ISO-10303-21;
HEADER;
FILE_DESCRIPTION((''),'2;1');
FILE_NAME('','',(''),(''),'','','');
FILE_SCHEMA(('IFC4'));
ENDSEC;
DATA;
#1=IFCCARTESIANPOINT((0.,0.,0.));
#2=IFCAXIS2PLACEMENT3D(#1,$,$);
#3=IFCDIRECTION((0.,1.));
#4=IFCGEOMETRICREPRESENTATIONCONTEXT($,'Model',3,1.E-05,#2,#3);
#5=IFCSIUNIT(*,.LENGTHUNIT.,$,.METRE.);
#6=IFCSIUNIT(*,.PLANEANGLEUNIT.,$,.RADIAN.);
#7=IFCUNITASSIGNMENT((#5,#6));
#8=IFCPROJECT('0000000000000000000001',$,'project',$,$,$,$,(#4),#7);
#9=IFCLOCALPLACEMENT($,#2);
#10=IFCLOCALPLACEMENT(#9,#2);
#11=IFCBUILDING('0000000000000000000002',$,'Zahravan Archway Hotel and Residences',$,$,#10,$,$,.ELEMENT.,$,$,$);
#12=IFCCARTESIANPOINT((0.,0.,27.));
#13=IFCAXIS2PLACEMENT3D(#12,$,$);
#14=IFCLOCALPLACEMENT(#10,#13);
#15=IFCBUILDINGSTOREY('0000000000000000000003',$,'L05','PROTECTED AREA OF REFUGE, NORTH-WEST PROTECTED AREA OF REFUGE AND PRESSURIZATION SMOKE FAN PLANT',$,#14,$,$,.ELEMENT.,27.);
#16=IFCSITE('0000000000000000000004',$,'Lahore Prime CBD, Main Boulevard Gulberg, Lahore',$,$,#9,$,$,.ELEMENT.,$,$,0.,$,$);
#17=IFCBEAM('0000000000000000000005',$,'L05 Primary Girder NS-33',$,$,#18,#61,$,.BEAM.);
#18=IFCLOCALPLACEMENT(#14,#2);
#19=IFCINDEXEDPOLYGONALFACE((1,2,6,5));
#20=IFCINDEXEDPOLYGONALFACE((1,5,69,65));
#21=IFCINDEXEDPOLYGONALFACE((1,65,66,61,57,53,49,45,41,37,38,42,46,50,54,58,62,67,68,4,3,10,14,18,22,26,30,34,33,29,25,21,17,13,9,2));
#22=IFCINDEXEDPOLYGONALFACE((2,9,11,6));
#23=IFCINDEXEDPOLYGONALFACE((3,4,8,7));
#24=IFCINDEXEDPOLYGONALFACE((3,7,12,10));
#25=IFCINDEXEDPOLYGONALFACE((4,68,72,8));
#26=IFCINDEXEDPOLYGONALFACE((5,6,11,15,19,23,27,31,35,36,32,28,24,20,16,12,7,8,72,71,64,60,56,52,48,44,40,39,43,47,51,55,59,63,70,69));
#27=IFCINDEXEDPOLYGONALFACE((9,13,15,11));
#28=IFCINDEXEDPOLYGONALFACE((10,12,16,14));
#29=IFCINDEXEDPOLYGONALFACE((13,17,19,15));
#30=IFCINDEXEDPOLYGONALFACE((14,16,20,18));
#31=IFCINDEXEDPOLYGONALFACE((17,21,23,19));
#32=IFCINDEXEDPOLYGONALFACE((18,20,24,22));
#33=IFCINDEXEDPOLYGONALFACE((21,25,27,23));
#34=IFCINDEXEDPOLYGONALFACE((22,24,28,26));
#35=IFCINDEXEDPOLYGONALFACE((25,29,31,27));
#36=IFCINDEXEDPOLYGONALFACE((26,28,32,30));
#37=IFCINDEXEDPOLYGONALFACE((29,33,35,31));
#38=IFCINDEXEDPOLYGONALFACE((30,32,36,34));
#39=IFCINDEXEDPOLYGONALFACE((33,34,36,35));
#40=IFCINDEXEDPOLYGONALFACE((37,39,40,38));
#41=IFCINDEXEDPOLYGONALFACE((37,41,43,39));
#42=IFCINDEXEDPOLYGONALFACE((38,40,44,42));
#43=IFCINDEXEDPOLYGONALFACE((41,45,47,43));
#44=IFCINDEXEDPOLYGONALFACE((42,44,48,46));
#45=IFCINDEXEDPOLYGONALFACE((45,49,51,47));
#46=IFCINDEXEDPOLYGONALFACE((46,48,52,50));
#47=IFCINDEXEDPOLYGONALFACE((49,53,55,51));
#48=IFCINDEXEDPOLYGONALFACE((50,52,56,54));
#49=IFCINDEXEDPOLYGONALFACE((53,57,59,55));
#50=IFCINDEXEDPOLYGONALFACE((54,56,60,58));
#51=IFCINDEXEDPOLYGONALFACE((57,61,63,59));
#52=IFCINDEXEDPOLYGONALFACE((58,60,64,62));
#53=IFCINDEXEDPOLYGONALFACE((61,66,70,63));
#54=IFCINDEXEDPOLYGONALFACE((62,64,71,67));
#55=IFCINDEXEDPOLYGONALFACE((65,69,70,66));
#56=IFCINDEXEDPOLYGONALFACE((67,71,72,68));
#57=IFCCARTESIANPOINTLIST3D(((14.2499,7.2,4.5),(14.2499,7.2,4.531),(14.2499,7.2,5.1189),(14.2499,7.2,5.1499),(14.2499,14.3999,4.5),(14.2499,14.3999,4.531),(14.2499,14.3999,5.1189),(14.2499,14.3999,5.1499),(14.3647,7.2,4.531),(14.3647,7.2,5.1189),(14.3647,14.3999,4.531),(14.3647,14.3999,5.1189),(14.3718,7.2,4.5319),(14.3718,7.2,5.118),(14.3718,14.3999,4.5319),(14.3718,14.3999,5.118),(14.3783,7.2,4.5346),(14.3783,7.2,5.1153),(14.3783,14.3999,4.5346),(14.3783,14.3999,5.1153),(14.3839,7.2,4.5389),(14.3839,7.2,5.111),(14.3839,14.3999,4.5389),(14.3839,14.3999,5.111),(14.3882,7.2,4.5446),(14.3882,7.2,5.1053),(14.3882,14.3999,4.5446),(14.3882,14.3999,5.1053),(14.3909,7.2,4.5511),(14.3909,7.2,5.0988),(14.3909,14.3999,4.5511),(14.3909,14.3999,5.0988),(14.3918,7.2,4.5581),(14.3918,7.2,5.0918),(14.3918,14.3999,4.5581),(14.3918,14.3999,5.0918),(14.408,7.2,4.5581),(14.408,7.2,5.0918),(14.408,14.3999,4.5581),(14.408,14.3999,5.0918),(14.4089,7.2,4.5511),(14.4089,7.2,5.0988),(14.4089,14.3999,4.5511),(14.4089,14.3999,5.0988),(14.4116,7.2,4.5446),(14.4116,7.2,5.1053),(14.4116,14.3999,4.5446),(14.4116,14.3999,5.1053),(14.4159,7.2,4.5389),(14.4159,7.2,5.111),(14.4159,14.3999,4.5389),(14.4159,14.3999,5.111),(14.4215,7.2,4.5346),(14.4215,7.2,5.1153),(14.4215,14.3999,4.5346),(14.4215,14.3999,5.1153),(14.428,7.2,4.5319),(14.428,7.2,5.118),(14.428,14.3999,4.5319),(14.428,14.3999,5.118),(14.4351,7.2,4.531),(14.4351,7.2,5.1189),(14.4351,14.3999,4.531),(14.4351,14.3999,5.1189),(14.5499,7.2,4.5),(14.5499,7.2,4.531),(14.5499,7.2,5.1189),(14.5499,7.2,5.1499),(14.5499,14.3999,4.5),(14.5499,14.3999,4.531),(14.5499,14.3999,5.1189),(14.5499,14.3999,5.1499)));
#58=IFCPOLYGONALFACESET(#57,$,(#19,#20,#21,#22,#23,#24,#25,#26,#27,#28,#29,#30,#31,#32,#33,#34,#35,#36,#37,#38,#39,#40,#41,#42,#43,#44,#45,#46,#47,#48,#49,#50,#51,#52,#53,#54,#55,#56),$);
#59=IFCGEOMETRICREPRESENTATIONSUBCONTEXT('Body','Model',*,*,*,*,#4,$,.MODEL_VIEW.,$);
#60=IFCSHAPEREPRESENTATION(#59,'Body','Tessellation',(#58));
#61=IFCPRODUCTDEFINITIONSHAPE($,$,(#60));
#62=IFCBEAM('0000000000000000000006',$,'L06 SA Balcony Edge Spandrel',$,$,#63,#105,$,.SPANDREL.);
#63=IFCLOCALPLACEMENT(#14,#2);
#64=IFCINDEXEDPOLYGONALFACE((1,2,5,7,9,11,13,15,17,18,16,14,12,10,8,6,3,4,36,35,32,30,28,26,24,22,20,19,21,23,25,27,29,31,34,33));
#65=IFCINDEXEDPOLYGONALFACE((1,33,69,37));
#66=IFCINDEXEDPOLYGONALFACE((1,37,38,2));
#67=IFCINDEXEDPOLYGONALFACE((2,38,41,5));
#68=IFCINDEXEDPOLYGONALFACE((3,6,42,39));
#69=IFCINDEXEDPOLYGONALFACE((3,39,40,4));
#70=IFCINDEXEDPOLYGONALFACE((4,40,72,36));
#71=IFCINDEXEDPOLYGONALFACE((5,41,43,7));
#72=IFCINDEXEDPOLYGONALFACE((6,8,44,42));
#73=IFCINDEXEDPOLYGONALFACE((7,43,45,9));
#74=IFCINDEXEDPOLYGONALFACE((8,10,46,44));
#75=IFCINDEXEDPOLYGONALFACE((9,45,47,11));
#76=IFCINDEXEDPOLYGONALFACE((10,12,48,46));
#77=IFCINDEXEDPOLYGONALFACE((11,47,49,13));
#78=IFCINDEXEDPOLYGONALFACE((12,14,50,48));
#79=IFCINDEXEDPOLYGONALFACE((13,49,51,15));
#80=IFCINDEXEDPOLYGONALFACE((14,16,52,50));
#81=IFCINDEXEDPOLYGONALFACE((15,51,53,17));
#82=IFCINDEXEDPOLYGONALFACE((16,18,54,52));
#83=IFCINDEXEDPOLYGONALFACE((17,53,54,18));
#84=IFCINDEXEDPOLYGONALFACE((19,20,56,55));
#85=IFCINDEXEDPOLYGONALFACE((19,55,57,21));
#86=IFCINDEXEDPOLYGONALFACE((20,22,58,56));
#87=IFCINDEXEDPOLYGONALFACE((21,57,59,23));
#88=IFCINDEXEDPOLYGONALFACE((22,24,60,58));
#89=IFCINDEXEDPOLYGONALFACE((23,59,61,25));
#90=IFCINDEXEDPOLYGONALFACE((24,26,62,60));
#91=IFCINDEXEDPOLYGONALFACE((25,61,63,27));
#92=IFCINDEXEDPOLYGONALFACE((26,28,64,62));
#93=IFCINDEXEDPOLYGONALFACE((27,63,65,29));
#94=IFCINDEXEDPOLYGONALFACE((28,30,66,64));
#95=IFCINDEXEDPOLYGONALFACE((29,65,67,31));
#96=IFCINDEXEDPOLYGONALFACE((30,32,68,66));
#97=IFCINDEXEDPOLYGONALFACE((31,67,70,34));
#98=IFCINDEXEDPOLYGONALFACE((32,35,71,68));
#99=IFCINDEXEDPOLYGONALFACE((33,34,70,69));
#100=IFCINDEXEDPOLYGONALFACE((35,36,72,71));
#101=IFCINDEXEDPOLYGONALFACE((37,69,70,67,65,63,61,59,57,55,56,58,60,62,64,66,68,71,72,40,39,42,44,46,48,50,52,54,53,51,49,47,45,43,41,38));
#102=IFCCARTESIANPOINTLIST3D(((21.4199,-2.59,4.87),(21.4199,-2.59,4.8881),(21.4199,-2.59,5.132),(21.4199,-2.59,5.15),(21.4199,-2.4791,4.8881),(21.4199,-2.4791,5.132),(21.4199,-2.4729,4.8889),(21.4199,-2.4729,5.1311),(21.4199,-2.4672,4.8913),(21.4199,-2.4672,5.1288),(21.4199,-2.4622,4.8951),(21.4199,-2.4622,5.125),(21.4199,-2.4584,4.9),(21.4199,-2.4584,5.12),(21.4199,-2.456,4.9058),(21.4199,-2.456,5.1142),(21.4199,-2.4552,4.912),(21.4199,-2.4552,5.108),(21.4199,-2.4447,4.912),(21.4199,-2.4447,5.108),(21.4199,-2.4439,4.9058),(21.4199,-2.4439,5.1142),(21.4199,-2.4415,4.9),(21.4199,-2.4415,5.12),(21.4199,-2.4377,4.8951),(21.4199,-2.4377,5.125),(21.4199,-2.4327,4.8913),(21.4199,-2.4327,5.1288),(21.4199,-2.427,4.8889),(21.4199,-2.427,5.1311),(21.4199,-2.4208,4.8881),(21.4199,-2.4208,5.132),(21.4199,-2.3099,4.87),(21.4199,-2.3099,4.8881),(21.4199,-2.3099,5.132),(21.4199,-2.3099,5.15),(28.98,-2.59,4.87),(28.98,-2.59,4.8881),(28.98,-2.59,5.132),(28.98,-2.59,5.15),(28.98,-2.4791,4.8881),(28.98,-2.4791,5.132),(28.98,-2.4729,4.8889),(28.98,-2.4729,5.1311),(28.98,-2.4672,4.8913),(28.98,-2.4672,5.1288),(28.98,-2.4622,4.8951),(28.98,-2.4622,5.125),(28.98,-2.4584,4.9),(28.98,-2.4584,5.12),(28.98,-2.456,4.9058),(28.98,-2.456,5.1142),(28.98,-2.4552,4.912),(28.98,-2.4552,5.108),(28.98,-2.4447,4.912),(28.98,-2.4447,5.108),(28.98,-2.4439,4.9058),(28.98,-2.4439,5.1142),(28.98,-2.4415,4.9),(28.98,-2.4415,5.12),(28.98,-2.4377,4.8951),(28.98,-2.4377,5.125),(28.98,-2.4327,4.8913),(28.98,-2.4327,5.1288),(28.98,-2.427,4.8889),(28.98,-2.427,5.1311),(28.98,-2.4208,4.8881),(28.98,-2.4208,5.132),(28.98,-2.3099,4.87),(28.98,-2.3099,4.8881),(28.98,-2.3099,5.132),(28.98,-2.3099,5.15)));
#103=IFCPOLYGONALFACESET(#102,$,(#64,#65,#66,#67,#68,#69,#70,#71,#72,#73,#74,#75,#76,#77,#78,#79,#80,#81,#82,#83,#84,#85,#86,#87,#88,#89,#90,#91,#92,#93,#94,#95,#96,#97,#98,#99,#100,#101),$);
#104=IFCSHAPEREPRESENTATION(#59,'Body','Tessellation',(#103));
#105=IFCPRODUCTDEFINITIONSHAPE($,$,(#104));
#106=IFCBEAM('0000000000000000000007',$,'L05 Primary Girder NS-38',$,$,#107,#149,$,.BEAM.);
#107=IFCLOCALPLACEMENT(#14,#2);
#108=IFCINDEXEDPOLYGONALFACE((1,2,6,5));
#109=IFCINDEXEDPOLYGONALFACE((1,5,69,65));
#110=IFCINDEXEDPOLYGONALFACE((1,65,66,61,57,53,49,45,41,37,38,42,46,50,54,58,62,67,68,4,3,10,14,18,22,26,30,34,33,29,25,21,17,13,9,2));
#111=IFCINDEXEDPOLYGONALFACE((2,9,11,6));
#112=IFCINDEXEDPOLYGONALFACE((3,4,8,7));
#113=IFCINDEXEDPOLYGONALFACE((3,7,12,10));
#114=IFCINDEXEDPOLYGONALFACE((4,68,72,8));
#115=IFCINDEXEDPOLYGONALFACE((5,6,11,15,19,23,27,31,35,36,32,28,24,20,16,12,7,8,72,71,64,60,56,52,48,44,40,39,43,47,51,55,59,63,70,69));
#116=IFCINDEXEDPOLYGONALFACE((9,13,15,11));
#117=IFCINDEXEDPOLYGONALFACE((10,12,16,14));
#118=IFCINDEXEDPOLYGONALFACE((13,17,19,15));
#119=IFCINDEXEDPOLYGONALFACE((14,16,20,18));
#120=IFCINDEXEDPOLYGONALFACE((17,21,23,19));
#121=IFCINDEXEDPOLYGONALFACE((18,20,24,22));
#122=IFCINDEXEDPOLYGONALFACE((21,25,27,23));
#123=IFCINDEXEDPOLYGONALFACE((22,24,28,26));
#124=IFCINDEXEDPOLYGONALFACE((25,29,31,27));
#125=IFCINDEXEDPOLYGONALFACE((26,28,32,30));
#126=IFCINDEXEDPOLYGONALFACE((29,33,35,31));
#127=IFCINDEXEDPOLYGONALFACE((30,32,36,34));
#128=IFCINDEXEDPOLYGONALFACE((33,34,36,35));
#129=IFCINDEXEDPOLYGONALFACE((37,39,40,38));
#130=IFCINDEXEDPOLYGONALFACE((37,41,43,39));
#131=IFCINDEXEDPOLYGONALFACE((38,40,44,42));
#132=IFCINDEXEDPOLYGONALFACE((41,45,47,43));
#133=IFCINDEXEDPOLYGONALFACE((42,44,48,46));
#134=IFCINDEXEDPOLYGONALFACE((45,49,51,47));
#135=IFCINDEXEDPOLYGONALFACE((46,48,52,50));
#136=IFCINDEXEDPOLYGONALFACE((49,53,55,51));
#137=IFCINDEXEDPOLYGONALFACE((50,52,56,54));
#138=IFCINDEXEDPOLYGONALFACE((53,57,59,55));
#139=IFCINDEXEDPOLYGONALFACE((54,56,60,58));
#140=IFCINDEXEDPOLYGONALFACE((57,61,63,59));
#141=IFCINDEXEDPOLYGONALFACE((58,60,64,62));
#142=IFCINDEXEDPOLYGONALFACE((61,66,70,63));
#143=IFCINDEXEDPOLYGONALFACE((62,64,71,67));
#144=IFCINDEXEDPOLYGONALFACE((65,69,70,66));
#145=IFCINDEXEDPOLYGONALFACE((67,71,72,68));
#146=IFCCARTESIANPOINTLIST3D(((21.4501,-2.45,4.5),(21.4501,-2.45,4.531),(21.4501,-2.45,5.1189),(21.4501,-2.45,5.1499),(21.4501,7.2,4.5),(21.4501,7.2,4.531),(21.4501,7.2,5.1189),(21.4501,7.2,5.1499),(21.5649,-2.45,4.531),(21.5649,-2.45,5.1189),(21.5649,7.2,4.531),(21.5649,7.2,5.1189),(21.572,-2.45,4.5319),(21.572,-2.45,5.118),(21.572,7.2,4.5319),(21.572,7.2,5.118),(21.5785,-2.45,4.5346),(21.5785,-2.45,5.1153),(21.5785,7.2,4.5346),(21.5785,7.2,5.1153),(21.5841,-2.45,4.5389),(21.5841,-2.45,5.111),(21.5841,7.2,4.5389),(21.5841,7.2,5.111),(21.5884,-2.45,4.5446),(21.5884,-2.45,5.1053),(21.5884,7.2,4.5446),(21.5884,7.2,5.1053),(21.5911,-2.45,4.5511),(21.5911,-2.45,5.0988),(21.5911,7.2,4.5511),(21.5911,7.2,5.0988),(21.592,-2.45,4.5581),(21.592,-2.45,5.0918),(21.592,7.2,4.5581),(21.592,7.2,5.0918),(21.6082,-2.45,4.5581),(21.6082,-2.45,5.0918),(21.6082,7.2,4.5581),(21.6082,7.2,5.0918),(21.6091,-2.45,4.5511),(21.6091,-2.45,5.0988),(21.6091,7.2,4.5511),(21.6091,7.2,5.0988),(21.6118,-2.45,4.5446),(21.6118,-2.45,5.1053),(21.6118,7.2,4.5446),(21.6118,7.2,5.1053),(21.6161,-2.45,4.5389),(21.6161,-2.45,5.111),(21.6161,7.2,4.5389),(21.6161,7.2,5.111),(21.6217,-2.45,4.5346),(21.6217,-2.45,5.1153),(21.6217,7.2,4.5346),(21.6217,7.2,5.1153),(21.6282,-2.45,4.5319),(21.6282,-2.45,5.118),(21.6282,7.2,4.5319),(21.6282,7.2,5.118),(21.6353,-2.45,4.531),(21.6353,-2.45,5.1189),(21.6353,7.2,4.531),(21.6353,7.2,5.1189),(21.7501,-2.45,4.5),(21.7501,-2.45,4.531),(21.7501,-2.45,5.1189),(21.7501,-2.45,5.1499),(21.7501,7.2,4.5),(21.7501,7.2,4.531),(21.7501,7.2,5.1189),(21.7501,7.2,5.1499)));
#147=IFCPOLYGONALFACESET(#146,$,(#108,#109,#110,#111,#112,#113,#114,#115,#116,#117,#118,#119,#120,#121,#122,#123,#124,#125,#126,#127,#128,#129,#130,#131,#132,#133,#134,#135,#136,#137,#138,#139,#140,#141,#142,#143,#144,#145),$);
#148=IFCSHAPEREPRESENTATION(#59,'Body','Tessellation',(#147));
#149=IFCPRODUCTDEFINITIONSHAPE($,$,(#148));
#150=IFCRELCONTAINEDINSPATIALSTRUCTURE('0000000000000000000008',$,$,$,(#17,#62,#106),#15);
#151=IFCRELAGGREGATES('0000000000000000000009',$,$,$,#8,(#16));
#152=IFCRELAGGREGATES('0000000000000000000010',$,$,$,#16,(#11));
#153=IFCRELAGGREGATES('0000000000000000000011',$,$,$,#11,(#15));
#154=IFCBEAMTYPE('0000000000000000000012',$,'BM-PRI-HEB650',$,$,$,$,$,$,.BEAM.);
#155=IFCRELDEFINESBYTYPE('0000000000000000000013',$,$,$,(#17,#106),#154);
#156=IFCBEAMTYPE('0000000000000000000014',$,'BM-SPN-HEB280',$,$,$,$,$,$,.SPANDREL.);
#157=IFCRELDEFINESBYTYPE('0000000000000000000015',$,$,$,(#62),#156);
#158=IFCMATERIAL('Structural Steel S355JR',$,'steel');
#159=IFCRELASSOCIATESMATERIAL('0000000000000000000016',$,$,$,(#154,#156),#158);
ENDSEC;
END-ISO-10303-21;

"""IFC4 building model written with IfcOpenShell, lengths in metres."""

from ifc_helpers import new_model, si_unit, direction, frame, origin, origin_2d, place, context, subcontext, project, spatial, i_section, extrude, source, transform, mapped, material, material_profile, profile_set, type_object, type_shapes, element, save


model = new_model("IFC4")

# Units and contexts
model_context = context("Model", 3, precision=1e-05, world=origin(), true_north=direction((0.0, 1.0)))
body_context = subcontext(model_context, "Body", "Model", "MODEL_VIEW")
ifc_project = project(units=[si_unit("LENGTHUNIT", "METRE"), si_unit("PLANEANGLEUNIT", "RADIAN")], contexts=[model_context])

# Site, building, storey
site_placement = place(None, origin())
site = spatial("IfcSite", under=ifc_project, at=site_placement, Name="Lahore Prime CBD, Main Boulevard Gulberg, Lahore", CompositionType="ELEMENT", RefElevation=0.0)
building_placement = place(site_placement, origin())
building = spatial("IfcBuilding", under=site, at=building_placement, Name="Zahravan Archway Hotel and Residences", CompositionType="ELEMENT")
storey_placement = place(building_placement, frame((0.0, 0.0, 27.0)))
storey = spatial("IfcBuildingStorey", under=building, at=storey_placement, Name="L05", Description="PROTECTED AREA OF REFUGE, NORTH-WEST PROTECTED AREA OF REFUGE AND PRESSURIZATION SMOKE FAN PLANT", CompositionType="ELEMENT", Elevation=27.0)

# Beams
ifc_material_1 = material(Name="Structural Steel S355JR", Category="steel")
ifc_material_profile_1 = material_profile(ifc_material_1, i_section(OverallWidth=0.3, OverallDepth=0.6499, WebThickness=0.0161, FlangeThickness=0.031, FilletRadius=0.0271, at=origin_2d()), Name="HEB 650", Category="steel")
ifc_profile_set_1 = profile_set([ifc_material_profile_1], Name="Structural Steel S355JR")
beam_type_1 = type_object("IfcBeamType", Name="BM-PRI-HEB650", PredefinedType="BEAM", material=ifc_profile_set_1)
shared_shape_1 = source(origin(), body_context, "Body", "SweptSolid", [
    extrude(i_section(OverallWidth=0.3, OverallDepth=0.6499, WebThickness=0.0161, FlangeThickness=0.031, FilletRadius=0.0271, at=origin_2d()), origin(), (0.0, 0.0, 1.0), 7.2),
])
for number, where, z_axis, x_axis, name in (
    (1, (14.3999, 7.2, 4.825), (0.0, 1.0, 0.0), (-1.0, 0.0, 0.0), "L05 Primary Girder NS-33"),
):
    element("IfcBeam", number, at=place(storey_placement, frame(where, z_axis=z_axis, x_axis=x_axis)), inside=storey, type_object=beam_type_1, Name=name, PredefinedType="BEAM", context=body_context, shape_type="MappedRepresentation", body=[
        mapped(shared_shape_1, transform((0.0, 0.0, 0.0), scale=1.0)),
    ])
ifc_material_profile_2 = material_profile(ifc_material_1, i_section(OverallWidth=0.28, OverallDepth=0.28, WebThickness=0.0105, FlangeThickness=0.0181, FilletRadius=0.0239, at=origin_2d()), Name="HEB 280", Category="steel")
ifc_profile_set_2 = profile_set([ifc_material_profile_2], Name="Structural Steel S355JR")
beam_type_2 = type_object("IfcBeamType", Name="BM-SPN-HEB280", PredefinedType="SPANDREL", material=ifc_profile_set_2)
shared_shape_2 = source(origin(), body_context, "Body", "SweptSolid", [
    extrude(i_section(OverallWidth=0.28, OverallDepth=0.28, WebThickness=0.0105, FlangeThickness=0.0181, FilletRadius=0.0239, at=origin_2d()), origin(), (0.0, 0.0, 1.0), 7.5601),
])
type_shapes(beam_type_2, [shared_shape_2])
beam_1_placement = place(storey_placement, frame((21.4199, -2.45, 5.01), z_axis=(1.0, 0.0, 0.0), x_axis=(0.0, 1.0, 0.0)))
element("IfcBeam", 2, at=beam_1_placement, inside=storey, type_object=beam_type_2, Name="L06 SA Balcony Edge Spandrel", PredefinedType="SPANDREL", context=body_context, shape_type="MappedRepresentation", body=[
    mapped(shared_shape_2, transform((0.0, 0.0, 0.0), scale=1.0)),
])
shared_shape_3 = source(origin(), body_context, "Body", "SweptSolid", [
    extrude(i_section(OverallWidth=0.3, OverallDepth=0.6499, WebThickness=0.0161, FlangeThickness=0.031, FilletRadius=0.0271, at=origin_2d()), origin(), (0.0, 0.0, 1.0), 9.6499),
])
beam_2_placement = place(storey_placement, frame((21.6001, -2.45, 4.825), z_axis=(0.0, 1.0, 0.0), x_axis=(-1.0, 0.0, 0.0)))
element("IfcBeam", 3, at=beam_2_placement, inside=storey, type_object=beam_type_1, Name="L05 Primary Girder NS-38", PredefinedType="BEAM", context=body_context, shape_type="MappedRepresentation", body=[
    mapped(shared_shape_3, transform((0.0, 0.0, 0.0), scale=1.0)),
])

save(model, "model.ifc")
